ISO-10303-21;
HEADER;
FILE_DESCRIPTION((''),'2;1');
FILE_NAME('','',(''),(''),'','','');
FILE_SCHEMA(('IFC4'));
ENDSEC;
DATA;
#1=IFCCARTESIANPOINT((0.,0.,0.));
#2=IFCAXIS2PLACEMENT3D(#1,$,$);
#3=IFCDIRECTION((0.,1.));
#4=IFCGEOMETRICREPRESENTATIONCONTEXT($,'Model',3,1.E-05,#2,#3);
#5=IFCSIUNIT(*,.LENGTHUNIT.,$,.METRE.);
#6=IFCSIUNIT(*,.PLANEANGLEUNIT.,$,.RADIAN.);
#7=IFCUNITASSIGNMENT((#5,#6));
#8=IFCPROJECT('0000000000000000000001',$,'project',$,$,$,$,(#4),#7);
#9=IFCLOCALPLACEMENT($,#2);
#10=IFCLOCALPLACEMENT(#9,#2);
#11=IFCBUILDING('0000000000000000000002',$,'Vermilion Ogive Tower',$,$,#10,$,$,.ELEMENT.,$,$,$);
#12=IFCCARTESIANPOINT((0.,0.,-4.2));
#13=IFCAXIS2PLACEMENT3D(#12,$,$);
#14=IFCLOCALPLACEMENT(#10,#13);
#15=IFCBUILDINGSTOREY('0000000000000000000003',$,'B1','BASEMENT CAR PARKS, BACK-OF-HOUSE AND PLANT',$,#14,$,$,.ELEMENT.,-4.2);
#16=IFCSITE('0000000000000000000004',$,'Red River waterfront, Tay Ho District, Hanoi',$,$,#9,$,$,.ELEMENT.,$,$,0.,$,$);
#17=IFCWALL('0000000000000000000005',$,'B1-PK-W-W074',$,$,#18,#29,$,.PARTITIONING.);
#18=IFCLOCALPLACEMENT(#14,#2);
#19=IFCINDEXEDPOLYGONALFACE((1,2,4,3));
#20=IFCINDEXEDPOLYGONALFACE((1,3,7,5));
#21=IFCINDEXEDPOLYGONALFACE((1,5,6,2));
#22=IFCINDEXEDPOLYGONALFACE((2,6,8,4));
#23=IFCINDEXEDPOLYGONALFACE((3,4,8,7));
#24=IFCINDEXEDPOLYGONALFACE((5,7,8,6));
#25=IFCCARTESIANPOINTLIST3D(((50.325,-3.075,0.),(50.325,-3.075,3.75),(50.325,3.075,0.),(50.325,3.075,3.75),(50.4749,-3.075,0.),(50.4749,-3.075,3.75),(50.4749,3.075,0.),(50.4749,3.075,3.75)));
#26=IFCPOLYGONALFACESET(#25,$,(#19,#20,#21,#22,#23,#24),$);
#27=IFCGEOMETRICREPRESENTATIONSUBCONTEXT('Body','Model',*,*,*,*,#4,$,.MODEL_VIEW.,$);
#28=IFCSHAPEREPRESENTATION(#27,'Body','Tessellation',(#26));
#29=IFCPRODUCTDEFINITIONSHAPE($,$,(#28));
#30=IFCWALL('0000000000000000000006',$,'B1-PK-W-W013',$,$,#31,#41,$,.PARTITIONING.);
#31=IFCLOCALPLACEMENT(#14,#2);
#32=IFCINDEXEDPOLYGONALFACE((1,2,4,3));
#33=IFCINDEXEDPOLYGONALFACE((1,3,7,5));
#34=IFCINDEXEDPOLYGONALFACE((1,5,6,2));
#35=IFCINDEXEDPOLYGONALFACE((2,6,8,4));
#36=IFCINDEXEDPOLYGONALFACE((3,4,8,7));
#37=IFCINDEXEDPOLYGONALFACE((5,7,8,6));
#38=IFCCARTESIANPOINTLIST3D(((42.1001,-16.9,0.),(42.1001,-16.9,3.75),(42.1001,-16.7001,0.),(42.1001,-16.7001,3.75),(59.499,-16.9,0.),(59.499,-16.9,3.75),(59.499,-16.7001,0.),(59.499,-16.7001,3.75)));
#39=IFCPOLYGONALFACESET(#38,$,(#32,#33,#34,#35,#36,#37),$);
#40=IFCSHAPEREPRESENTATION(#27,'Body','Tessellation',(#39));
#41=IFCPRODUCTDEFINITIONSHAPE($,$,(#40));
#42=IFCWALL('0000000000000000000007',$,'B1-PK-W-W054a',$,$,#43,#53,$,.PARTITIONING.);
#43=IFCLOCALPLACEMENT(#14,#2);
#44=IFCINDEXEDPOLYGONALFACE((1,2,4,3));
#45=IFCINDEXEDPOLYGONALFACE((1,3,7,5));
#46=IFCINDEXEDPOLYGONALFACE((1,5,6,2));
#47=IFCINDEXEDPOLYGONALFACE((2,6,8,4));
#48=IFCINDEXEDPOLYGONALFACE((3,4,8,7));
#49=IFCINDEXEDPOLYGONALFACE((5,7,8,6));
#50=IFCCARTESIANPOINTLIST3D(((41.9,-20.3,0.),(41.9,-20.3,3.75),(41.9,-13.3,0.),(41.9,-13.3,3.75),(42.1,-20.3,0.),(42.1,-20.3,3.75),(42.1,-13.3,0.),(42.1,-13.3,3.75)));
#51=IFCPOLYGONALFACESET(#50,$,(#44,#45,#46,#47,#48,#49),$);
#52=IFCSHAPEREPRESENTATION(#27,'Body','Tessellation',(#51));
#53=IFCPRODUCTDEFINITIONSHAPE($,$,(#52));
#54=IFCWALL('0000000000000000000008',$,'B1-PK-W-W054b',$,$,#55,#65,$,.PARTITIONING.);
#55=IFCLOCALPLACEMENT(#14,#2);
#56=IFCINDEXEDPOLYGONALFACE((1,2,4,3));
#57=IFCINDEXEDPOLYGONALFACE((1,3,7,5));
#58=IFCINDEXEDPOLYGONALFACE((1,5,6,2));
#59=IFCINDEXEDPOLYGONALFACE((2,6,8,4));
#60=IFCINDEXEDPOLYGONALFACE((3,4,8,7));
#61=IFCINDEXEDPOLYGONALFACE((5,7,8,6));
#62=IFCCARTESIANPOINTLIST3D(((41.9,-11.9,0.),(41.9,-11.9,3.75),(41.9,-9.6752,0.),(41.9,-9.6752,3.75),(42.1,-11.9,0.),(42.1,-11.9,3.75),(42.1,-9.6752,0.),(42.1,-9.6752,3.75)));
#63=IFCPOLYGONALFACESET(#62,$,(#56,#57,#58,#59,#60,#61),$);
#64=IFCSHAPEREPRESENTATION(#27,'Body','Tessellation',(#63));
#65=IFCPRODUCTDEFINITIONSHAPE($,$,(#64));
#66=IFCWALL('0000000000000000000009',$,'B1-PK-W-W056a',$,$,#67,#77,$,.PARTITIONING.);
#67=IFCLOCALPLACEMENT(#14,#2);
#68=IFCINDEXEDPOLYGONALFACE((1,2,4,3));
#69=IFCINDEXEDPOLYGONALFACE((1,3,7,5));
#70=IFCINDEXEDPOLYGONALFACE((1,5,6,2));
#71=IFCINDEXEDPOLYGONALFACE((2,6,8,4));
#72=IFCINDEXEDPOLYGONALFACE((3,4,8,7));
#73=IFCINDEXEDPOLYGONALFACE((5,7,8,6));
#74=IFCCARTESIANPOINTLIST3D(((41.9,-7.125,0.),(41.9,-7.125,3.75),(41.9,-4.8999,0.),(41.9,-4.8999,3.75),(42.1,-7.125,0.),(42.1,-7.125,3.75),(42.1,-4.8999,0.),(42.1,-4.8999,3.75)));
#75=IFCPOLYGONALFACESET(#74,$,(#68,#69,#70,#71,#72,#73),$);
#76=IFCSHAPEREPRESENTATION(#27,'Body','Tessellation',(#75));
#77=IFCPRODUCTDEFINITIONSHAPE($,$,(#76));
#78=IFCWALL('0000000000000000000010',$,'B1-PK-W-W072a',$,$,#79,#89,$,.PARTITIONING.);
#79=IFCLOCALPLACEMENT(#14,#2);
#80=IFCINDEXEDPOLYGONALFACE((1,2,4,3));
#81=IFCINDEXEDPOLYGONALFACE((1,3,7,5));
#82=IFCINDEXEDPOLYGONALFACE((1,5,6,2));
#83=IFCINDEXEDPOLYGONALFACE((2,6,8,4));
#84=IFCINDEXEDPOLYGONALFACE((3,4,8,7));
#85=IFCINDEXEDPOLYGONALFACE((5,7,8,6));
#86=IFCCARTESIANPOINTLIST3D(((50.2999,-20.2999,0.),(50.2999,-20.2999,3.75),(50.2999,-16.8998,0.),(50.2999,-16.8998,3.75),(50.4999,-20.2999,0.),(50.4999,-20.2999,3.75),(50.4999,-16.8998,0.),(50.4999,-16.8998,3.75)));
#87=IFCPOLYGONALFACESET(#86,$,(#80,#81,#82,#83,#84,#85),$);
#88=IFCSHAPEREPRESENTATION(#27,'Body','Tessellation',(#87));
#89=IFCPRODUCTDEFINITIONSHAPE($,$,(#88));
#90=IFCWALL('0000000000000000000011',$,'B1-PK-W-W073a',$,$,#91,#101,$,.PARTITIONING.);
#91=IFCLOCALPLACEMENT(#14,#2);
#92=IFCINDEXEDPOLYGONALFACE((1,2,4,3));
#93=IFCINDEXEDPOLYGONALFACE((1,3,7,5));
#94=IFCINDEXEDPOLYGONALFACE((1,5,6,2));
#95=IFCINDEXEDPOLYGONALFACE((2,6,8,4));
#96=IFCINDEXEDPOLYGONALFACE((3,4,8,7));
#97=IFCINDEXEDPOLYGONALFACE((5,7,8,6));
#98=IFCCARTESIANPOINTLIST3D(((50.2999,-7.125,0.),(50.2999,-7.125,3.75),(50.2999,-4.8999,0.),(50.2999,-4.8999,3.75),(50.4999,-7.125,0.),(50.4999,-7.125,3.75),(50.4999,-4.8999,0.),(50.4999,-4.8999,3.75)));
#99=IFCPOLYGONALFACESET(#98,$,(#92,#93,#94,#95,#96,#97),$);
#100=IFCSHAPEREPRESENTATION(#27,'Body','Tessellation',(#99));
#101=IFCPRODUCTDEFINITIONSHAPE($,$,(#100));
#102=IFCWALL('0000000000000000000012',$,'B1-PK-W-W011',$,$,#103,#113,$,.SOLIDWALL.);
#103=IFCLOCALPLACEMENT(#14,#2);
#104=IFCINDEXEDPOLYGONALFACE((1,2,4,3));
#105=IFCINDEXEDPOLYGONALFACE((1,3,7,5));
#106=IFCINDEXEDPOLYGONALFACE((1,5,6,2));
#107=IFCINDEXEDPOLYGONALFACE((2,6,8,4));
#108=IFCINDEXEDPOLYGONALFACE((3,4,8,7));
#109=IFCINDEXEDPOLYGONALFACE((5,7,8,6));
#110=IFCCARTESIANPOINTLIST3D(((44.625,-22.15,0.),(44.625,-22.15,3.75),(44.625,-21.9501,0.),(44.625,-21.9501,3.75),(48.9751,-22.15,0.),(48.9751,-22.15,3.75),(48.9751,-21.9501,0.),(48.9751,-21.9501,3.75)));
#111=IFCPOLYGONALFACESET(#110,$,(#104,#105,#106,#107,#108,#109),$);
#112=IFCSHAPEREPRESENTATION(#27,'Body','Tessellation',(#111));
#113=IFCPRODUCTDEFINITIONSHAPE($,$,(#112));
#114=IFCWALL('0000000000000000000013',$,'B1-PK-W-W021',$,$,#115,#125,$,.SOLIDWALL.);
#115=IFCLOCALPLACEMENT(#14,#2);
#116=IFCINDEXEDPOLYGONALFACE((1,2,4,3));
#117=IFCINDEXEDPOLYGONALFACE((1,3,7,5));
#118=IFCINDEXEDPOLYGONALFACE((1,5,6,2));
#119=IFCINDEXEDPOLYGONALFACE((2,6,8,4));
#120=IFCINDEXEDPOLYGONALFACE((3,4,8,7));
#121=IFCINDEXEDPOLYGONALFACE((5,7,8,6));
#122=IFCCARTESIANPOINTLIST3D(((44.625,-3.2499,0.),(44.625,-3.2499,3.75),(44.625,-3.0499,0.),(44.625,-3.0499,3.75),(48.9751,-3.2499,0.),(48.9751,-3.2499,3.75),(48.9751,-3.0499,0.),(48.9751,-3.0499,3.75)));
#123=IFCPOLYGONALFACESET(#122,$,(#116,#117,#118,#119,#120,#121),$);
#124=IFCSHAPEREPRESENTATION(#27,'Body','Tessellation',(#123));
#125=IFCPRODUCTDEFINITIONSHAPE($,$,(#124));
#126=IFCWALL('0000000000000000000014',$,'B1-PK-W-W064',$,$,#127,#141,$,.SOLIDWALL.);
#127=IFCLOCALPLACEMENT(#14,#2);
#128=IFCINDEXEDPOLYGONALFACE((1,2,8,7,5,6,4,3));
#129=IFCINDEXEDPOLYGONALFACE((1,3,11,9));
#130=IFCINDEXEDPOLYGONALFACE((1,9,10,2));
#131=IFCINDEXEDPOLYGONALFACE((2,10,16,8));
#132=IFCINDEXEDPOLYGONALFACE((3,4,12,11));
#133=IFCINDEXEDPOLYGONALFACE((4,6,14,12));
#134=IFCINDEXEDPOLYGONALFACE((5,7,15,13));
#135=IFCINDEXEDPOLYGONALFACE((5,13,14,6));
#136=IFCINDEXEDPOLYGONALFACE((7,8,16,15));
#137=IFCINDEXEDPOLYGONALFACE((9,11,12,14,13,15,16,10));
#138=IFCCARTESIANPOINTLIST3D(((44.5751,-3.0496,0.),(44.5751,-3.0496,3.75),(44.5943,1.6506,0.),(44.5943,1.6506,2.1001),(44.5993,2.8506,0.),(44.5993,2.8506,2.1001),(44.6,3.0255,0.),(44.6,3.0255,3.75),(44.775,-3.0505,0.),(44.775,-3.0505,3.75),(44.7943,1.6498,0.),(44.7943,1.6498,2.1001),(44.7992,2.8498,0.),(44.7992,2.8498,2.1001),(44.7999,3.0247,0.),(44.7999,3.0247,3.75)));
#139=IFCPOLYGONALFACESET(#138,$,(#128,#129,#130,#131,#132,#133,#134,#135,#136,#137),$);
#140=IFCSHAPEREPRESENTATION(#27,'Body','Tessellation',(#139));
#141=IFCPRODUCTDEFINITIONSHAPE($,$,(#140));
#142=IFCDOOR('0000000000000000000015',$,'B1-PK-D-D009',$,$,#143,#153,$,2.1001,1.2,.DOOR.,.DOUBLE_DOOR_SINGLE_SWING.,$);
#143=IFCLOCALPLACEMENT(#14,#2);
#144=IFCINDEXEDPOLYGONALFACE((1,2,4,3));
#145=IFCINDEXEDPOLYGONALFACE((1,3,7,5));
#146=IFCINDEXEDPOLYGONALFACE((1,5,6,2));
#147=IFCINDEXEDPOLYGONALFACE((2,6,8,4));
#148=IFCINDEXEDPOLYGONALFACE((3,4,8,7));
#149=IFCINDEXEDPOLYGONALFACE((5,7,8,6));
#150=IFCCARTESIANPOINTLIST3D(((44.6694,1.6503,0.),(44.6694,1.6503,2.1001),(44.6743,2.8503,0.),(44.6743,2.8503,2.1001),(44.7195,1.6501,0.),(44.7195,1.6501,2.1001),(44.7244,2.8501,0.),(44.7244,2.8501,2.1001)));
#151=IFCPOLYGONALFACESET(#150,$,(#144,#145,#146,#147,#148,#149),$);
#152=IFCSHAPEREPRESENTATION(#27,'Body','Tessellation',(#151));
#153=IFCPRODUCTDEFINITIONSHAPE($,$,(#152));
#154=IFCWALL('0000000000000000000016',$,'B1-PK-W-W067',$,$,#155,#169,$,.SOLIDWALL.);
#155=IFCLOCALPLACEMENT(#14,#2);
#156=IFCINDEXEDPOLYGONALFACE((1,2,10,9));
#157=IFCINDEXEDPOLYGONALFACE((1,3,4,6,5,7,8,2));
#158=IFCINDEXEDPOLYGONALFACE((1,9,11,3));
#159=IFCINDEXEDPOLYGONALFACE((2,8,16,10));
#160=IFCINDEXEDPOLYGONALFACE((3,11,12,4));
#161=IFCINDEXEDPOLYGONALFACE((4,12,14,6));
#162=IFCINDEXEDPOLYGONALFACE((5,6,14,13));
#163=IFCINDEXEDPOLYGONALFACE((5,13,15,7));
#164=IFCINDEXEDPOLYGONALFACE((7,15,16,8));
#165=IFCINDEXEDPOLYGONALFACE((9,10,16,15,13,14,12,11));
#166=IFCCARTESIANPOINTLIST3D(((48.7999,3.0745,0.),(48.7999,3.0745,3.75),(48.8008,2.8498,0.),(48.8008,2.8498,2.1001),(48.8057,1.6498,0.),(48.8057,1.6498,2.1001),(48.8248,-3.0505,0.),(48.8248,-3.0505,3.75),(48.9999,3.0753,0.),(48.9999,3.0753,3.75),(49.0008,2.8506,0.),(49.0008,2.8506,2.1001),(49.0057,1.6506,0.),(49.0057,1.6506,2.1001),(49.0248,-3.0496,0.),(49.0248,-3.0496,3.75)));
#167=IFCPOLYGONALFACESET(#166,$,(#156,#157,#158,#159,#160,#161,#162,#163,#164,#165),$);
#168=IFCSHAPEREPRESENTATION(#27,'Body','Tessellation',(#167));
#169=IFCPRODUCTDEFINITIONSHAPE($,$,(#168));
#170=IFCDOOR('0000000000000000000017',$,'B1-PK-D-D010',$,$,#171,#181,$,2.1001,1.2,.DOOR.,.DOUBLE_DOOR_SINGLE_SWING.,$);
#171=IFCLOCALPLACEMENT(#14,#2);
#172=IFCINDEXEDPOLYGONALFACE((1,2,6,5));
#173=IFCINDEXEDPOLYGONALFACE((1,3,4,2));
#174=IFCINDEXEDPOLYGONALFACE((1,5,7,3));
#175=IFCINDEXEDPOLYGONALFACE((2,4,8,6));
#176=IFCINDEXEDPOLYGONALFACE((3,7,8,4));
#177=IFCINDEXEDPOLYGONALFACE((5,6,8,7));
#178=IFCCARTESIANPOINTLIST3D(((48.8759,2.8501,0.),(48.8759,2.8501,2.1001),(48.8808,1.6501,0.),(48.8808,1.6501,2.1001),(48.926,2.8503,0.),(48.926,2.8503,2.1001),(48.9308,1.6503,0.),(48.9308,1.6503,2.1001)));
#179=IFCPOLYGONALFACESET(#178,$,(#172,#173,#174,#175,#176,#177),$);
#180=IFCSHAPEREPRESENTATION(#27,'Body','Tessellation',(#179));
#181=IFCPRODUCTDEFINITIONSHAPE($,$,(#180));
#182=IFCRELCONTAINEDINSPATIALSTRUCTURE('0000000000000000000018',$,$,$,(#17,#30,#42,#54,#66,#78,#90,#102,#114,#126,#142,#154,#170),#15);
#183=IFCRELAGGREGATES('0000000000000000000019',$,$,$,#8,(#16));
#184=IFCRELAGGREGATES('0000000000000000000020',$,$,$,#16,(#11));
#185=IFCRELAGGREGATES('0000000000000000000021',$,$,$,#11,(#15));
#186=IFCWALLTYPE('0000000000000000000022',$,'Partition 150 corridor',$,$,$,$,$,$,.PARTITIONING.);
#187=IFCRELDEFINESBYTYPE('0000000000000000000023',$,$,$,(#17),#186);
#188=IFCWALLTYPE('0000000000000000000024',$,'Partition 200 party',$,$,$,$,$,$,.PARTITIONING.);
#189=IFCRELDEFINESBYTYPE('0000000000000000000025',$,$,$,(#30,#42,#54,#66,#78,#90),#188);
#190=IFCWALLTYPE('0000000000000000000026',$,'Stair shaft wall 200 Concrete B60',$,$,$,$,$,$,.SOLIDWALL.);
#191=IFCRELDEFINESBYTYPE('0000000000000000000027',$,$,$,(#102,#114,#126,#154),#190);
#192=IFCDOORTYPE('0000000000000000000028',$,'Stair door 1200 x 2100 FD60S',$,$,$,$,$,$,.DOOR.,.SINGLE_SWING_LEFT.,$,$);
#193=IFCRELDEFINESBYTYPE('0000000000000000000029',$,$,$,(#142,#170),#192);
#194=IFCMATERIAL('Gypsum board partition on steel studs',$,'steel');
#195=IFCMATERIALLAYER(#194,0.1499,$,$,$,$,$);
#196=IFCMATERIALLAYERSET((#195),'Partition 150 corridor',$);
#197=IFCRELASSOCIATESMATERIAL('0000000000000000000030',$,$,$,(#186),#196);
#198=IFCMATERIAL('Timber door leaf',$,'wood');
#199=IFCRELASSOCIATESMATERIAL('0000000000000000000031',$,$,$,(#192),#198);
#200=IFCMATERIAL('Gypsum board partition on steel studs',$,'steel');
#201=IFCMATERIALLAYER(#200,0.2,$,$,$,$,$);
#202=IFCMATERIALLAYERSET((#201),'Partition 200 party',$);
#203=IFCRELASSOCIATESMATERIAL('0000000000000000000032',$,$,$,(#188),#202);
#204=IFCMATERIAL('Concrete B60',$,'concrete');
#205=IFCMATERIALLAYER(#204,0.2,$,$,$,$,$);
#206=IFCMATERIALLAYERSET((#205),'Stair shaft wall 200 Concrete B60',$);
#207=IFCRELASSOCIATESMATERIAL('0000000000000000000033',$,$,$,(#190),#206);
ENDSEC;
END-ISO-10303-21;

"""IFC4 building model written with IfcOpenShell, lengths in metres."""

from ifc_helpers import new_model, si_unit, direction, frame, frame_2d, origin, place, context, subcontext, project, spatial, rectangle, extrude, material, layer, layer_set, type_object, element, fill, save


model = new_model("IFC4")

# Units and contexts
model_context = context("Model", 3, precision=1e-05, world=origin(), true_north=direction((0.0, 1.0)))
body_context = subcontext(model_context, "Body", "Model", "MODEL_VIEW")
ifc_project = project(units=[si_unit("LENGTHUNIT", "METRE"), si_unit("PLANEANGLEUNIT", "RADIAN")], contexts=[model_context])

# Site, building, storey
site_placement = place(None, origin())
site = spatial("IfcSite", under=ifc_project, at=site_placement, Name="Red River waterfront, Tay Ho District, Hanoi", CompositionType="ELEMENT", RefElevation=0.0)
building_placement = place(site_placement, origin())
building = spatial("IfcBuilding", under=site, at=building_placement, Name="Vermilion Ogive Tower", CompositionType="ELEMENT")
storey_placement = place(building_placement, frame((0.0, 0.0, -4.2)))
storey = spatial("IfcBuildingStorey", under=building, at=storey_placement, Name="B1", Description="BASEMENT CAR PARKS, BACK-OF-HOUSE AND PLANT", CompositionType="ELEMENT", Elevation=-4.2)

# Shared definitions
ifc_material_1 = material(Name="Gypsum board partition on steel studs", Category="steel")
ifc_layer_1 = layer(ifc_material_1, 0.1499)
ifc_layer_set_1 = layer_set([ifc_layer_1], Name="Partition 150 corridor")
wall_type_1 = type_object("IfcWallType", Name="Partition 150 corridor", PredefinedType="PARTITIONING", material=ifc_layer_set_1)

# Shared definitions
ifc_material_2 = material(Name="Timber door leaf", Category="wood")
door_type_1 = type_object("IfcDoorType", Name="Stair door 1200 x 2100 FD60S", OperationType="SINGLE_SWING_LEFT", PredefinedType="DOOR", material=ifc_material_2)

# Walls
wall_1_placement = place(storey_placement, frame((50.3999, -3.075, 0.0), z_axis=(0.0, 0.0, 1.0), x_axis=(0.0, 1.0, 0.0)))
element("IfcWall", 1, at=wall_1_placement, inside=storey, type_object=wall_type_1, Name="B1-PK-W-W074", PredefinedType="PARTITIONING", context=body_context, shape_type="SweptSolid", body=[
    extrude(rectangle(XDim=6.1499, YDim=0.1499, at=frame_2d((3.075, 0.0))), origin(), (0.0, 0.0, 1.0), 3.75),
])
ifc_material_3 = material(Name="Gypsum board partition on steel studs", Category="steel")
ifc_layer_2 = layer(ifc_material_3, 0.2)
ifc_layer_set_2 = layer_set([ifc_layer_2], Name="Partition 200 party")
wall_type_2 = type_object("IfcWallType", Name="Partition 200 party", PredefinedType="PARTITIONING", material=ifc_layer_set_2)
wall_2_placement = place(storey_placement, frame((42.1001, -16.8, 0.0), z_axis=(0.0, 0.0, 1.0), x_axis=(1.0, 0.0, 0.0)))
element("IfcWall", 2, at=wall_2_placement, inside=storey, type_object=wall_type_2, Name="B1-PK-W-W013", PredefinedType="PARTITIONING", context=body_context, shape_type="SweptSolid", body=[
    extrude(rectangle(XDim=17.3989, YDim=0.2, at=frame_2d((8.6995, 0.0))), origin(), (0.0, 0.0, 1.0), 3.75),
])
wall_3_placement = place(storey_placement, frame((42.0, -20.3, 0.0), z_axis=(0.0, 0.0, 1.0), x_axis=(0.0, 1.0, 0.0)))
element("IfcWall", 3, at=wall_3_placement, inside=storey, type_object=wall_type_2, Name="B1-PK-W-W054a", PredefinedType="PARTITIONING", context=body_context, shape_type="SweptSolid", body=[
    extrude(rectangle(XDim=7.0, YDim=0.2, at=frame_2d((3.5, 0.0))), origin(), (0.0, 0.0, 1.0), 3.75),
])
wall_4_placement = place(storey_placement, frame((42.0, -11.8999, 0.0), z_axis=(0.0, 0.0, 1.0), x_axis=(0.0, 1.0, 0.0)))
element("IfcWall", 4, at=wall_4_placement, inside=storey, type_object=wall_type_2, Name="B1-PK-W-W054b", PredefinedType="PARTITIONING", context=body_context, shape_type="SweptSolid", body=[
    extrude(rectangle(XDim=2.2249, YDim=0.2, at=frame_2d((1.1123, 0.0))), origin(), (0.0, 0.0, 1.0), 3.75),
])
wall_5_placement = place(storey_placement, frame((42.0, -7.125, 0.0), z_axis=(0.0, 0.0, 1.0), x_axis=(0.0, 1.0, 0.0)))
element("IfcWall", 5, at=wall_5_placement, inside=storey, type_object=wall_type_2, Name="B1-PK-W-W056a", PredefinedType="PARTITIONING", context=body_context, shape_type="SweptSolid", body=[
    extrude(rectangle(XDim=2.2251, YDim=0.2, at=frame_2d((1.1125, 0.0))), origin(), (0.0, 0.0, 1.0), 3.75),
])
wall_6_placement = place(storey_placement, frame((50.3999, -20.3, 0.0), z_axis=(0.0, 0.0, 1.0), x_axis=(0.0, 1.0, 0.0)))
element("IfcWall", 6, at=wall_6_placement, inside=storey, type_object=wall_type_2, Name="B1-PK-W-W072a", PredefinedType="PARTITIONING", context=body_context, shape_type="SweptSolid", body=[
    extrude(rectangle(XDim=3.4001, YDim=0.2, at=frame_2d((1.7002, 0.0))), origin(), (0.0, 0.0, 1.0), 3.75),
])
wall_7_placement = place(storey_placement, frame((50.3999, -7.125, 0.0), z_axis=(0.0, 0.0, 1.0), x_axis=(0.0, 1.0, 0.0)))
element("IfcWall", 7, at=wall_7_placement, inside=storey, type_object=wall_type_2, Name="B1-PK-W-W073a", PredefinedType="PARTITIONING", context=body_context, shape_type="SweptSolid", body=[
    extrude(rectangle(XDim=2.2251, YDim=0.2, at=frame_2d((1.1125, 0.0))), origin(), (0.0, 0.0, 1.0), 3.75),
])
ifc_material_4 = material(Name="Concrete B60", Category="concrete")
ifc_layer_3 = layer(ifc_material_4, 0.2)
ifc_layer_set_3 = layer_set([ifc_layer_3], Name="Stair shaft wall 200 Concrete B60")
wall_type_3 = type_object("IfcWallType", Name="Stair shaft wall 200 Concrete B60", PredefinedType="SOLIDWALL", material=ifc_layer_set_3)
for number, where, z_axis, x_axis, name in (
    (8, (44.625, -22.05, 0.0), (0.0, 0.0, 1.0), (1.0, 0.0, 0.0), "B1-PK-W-W011"),
    (9, (44.625, -3.1499, 0.0), (0.0, 0.0, 1.0), (1.0, 0.0, 0.0), "B1-PK-W-W021"),
):
    element("IfcWall", number, at=place(storey_placement, frame(where, z_axis=z_axis, x_axis=x_axis)), inside=storey, type_object=wall_type_3, Name=name, PredefinedType="SOLIDWALL", context=body_context, shape_type="SweptSolid", body=[
        extrude(rectangle(XDim=4.3501, YDim=0.2, at=frame_2d((2.175, 0.0))), origin(), (0.0, 0.0, 1.0), 3.75),
    ])

# Walls, openings, doors
wall_8_placement = place(storey_placement, frame((44.675, -3.05, 0.0), z_axis=(0.0, 0.0, 1.0), x_axis=(0.004099, 0.999992, 0.0)))
wall_8 = element("IfcWall", 10, at=wall_8_placement, inside=storey, type_object=wall_type_3, Name="B1-PK-W-W064", PredefinedType="SOLIDWALL", context=body_context, shape_type="SweptSolid", body=[
    extrude(rectangle(XDim=6.0752, YDim=0.2, at=frame_2d((3.0376, 0.0))), origin(), (0.0, 0.0, 1.0), 3.75),
])
opening_1_placement = place(wall_8_placement, frame((4.7002, 0.0, 0.0)))
opening_1 = element("IfcOpeningElement", 11, at=opening_1_placement, cuts=wall_8, PredefinedType="OPENING", context=body_context, shape_type="SweptSolid", body=[
    extrude(rectangle(XDim=1.2, YDim=2.1001, at=frame_2d((0.6001, 1.05))), frame((0.0, 0.1099, 0.0), z_axis=(0.0, -1.0, 0.0), x_axis=(1.0, 0.0, 0.0)), (0.0, 0.0, 1.0), 0.22),
])
door_1_placement = place(opening_1_placement, origin())
door_1 = element("IfcDoor", 12, at=door_1_placement, inside=storey, type_object=door_type_1, Name="B1-PK-D-D009", OperationType="DOUBLE_DOOR_SINGLE_SWING", OverallHeight=2.1001, OverallWidth=1.2, PredefinedType="DOOR", context=body_context, shape_type="SweptSolid", body=[
    extrude(rectangle(XDim=1.2, YDim=2.1001, at=frame_2d((0.6001, 1.05))), frame((0.0, 0.0249, 0.0), z_axis=(0.0, -1.0, 0.0), x_axis=(1.0, 0.0, 0.0)), (0.0, 0.0, 1.0), 0.05),
])
fill(opening_1, door_1)
wall_9_placement = place(storey_placement, frame((48.9248, -3.05, 0.0), z_axis=(0.0, 0.0, 1.0), x_axis=(-0.004066, 0.999992, 0.0)))
wall_9 = element("IfcWall", 13, at=wall_9_placement, inside=storey, type_object=wall_type_3, Name="B1-PK-W-W067", PredefinedType="SOLIDWALL", context=body_context, shape_type="SweptSolid", body=[
    extrude(rectangle(XDim=6.125, YDim=0.2, at=frame_2d((3.0625, 0.0))), origin(), (0.0, 0.0, 1.0), 3.75),
])
opening_2_placement = place(wall_9_placement, frame((4.7002, 0.0, 0.0)))
opening_2 = element("IfcOpeningElement", 14, at=opening_2_placement, cuts=wall_9, PredefinedType="OPENING", context=body_context, shape_type="SweptSolid", body=[
    extrude(rectangle(XDim=1.2, YDim=2.1001, at=frame_2d((0.6001, 1.05))), frame((0.0, 0.1099, 0.0), z_axis=(0.0, -1.0, 0.0), x_axis=(1.0, 0.0, 0.0)), (0.0, 0.0, 1.0), 0.22),
])
door_2_placement = place(opening_2_placement, origin())
door_2 = element("IfcDoor", 15, at=door_2_placement, inside=storey, type_object=door_type_1, Name="B1-PK-D-D010", OperationType="DOUBLE_DOOR_SINGLE_SWING", OverallHeight=2.1001, OverallWidth=1.2, PredefinedType="DOOR", context=body_context, shape_type="SweptSolid", body=[
    extrude(rectangle(XDim=1.2, YDim=2.1001, at=frame_2d((0.6001, 1.05))), frame((0.0, 0.0249, 0.0), z_axis=(0.0, -1.0, 0.0), x_axis=(1.0, 0.0, 0.0)), (0.0, 0.0, 1.0), 0.05),
])
fill(opening_2, door_2)

save(model, "model.ifc")
